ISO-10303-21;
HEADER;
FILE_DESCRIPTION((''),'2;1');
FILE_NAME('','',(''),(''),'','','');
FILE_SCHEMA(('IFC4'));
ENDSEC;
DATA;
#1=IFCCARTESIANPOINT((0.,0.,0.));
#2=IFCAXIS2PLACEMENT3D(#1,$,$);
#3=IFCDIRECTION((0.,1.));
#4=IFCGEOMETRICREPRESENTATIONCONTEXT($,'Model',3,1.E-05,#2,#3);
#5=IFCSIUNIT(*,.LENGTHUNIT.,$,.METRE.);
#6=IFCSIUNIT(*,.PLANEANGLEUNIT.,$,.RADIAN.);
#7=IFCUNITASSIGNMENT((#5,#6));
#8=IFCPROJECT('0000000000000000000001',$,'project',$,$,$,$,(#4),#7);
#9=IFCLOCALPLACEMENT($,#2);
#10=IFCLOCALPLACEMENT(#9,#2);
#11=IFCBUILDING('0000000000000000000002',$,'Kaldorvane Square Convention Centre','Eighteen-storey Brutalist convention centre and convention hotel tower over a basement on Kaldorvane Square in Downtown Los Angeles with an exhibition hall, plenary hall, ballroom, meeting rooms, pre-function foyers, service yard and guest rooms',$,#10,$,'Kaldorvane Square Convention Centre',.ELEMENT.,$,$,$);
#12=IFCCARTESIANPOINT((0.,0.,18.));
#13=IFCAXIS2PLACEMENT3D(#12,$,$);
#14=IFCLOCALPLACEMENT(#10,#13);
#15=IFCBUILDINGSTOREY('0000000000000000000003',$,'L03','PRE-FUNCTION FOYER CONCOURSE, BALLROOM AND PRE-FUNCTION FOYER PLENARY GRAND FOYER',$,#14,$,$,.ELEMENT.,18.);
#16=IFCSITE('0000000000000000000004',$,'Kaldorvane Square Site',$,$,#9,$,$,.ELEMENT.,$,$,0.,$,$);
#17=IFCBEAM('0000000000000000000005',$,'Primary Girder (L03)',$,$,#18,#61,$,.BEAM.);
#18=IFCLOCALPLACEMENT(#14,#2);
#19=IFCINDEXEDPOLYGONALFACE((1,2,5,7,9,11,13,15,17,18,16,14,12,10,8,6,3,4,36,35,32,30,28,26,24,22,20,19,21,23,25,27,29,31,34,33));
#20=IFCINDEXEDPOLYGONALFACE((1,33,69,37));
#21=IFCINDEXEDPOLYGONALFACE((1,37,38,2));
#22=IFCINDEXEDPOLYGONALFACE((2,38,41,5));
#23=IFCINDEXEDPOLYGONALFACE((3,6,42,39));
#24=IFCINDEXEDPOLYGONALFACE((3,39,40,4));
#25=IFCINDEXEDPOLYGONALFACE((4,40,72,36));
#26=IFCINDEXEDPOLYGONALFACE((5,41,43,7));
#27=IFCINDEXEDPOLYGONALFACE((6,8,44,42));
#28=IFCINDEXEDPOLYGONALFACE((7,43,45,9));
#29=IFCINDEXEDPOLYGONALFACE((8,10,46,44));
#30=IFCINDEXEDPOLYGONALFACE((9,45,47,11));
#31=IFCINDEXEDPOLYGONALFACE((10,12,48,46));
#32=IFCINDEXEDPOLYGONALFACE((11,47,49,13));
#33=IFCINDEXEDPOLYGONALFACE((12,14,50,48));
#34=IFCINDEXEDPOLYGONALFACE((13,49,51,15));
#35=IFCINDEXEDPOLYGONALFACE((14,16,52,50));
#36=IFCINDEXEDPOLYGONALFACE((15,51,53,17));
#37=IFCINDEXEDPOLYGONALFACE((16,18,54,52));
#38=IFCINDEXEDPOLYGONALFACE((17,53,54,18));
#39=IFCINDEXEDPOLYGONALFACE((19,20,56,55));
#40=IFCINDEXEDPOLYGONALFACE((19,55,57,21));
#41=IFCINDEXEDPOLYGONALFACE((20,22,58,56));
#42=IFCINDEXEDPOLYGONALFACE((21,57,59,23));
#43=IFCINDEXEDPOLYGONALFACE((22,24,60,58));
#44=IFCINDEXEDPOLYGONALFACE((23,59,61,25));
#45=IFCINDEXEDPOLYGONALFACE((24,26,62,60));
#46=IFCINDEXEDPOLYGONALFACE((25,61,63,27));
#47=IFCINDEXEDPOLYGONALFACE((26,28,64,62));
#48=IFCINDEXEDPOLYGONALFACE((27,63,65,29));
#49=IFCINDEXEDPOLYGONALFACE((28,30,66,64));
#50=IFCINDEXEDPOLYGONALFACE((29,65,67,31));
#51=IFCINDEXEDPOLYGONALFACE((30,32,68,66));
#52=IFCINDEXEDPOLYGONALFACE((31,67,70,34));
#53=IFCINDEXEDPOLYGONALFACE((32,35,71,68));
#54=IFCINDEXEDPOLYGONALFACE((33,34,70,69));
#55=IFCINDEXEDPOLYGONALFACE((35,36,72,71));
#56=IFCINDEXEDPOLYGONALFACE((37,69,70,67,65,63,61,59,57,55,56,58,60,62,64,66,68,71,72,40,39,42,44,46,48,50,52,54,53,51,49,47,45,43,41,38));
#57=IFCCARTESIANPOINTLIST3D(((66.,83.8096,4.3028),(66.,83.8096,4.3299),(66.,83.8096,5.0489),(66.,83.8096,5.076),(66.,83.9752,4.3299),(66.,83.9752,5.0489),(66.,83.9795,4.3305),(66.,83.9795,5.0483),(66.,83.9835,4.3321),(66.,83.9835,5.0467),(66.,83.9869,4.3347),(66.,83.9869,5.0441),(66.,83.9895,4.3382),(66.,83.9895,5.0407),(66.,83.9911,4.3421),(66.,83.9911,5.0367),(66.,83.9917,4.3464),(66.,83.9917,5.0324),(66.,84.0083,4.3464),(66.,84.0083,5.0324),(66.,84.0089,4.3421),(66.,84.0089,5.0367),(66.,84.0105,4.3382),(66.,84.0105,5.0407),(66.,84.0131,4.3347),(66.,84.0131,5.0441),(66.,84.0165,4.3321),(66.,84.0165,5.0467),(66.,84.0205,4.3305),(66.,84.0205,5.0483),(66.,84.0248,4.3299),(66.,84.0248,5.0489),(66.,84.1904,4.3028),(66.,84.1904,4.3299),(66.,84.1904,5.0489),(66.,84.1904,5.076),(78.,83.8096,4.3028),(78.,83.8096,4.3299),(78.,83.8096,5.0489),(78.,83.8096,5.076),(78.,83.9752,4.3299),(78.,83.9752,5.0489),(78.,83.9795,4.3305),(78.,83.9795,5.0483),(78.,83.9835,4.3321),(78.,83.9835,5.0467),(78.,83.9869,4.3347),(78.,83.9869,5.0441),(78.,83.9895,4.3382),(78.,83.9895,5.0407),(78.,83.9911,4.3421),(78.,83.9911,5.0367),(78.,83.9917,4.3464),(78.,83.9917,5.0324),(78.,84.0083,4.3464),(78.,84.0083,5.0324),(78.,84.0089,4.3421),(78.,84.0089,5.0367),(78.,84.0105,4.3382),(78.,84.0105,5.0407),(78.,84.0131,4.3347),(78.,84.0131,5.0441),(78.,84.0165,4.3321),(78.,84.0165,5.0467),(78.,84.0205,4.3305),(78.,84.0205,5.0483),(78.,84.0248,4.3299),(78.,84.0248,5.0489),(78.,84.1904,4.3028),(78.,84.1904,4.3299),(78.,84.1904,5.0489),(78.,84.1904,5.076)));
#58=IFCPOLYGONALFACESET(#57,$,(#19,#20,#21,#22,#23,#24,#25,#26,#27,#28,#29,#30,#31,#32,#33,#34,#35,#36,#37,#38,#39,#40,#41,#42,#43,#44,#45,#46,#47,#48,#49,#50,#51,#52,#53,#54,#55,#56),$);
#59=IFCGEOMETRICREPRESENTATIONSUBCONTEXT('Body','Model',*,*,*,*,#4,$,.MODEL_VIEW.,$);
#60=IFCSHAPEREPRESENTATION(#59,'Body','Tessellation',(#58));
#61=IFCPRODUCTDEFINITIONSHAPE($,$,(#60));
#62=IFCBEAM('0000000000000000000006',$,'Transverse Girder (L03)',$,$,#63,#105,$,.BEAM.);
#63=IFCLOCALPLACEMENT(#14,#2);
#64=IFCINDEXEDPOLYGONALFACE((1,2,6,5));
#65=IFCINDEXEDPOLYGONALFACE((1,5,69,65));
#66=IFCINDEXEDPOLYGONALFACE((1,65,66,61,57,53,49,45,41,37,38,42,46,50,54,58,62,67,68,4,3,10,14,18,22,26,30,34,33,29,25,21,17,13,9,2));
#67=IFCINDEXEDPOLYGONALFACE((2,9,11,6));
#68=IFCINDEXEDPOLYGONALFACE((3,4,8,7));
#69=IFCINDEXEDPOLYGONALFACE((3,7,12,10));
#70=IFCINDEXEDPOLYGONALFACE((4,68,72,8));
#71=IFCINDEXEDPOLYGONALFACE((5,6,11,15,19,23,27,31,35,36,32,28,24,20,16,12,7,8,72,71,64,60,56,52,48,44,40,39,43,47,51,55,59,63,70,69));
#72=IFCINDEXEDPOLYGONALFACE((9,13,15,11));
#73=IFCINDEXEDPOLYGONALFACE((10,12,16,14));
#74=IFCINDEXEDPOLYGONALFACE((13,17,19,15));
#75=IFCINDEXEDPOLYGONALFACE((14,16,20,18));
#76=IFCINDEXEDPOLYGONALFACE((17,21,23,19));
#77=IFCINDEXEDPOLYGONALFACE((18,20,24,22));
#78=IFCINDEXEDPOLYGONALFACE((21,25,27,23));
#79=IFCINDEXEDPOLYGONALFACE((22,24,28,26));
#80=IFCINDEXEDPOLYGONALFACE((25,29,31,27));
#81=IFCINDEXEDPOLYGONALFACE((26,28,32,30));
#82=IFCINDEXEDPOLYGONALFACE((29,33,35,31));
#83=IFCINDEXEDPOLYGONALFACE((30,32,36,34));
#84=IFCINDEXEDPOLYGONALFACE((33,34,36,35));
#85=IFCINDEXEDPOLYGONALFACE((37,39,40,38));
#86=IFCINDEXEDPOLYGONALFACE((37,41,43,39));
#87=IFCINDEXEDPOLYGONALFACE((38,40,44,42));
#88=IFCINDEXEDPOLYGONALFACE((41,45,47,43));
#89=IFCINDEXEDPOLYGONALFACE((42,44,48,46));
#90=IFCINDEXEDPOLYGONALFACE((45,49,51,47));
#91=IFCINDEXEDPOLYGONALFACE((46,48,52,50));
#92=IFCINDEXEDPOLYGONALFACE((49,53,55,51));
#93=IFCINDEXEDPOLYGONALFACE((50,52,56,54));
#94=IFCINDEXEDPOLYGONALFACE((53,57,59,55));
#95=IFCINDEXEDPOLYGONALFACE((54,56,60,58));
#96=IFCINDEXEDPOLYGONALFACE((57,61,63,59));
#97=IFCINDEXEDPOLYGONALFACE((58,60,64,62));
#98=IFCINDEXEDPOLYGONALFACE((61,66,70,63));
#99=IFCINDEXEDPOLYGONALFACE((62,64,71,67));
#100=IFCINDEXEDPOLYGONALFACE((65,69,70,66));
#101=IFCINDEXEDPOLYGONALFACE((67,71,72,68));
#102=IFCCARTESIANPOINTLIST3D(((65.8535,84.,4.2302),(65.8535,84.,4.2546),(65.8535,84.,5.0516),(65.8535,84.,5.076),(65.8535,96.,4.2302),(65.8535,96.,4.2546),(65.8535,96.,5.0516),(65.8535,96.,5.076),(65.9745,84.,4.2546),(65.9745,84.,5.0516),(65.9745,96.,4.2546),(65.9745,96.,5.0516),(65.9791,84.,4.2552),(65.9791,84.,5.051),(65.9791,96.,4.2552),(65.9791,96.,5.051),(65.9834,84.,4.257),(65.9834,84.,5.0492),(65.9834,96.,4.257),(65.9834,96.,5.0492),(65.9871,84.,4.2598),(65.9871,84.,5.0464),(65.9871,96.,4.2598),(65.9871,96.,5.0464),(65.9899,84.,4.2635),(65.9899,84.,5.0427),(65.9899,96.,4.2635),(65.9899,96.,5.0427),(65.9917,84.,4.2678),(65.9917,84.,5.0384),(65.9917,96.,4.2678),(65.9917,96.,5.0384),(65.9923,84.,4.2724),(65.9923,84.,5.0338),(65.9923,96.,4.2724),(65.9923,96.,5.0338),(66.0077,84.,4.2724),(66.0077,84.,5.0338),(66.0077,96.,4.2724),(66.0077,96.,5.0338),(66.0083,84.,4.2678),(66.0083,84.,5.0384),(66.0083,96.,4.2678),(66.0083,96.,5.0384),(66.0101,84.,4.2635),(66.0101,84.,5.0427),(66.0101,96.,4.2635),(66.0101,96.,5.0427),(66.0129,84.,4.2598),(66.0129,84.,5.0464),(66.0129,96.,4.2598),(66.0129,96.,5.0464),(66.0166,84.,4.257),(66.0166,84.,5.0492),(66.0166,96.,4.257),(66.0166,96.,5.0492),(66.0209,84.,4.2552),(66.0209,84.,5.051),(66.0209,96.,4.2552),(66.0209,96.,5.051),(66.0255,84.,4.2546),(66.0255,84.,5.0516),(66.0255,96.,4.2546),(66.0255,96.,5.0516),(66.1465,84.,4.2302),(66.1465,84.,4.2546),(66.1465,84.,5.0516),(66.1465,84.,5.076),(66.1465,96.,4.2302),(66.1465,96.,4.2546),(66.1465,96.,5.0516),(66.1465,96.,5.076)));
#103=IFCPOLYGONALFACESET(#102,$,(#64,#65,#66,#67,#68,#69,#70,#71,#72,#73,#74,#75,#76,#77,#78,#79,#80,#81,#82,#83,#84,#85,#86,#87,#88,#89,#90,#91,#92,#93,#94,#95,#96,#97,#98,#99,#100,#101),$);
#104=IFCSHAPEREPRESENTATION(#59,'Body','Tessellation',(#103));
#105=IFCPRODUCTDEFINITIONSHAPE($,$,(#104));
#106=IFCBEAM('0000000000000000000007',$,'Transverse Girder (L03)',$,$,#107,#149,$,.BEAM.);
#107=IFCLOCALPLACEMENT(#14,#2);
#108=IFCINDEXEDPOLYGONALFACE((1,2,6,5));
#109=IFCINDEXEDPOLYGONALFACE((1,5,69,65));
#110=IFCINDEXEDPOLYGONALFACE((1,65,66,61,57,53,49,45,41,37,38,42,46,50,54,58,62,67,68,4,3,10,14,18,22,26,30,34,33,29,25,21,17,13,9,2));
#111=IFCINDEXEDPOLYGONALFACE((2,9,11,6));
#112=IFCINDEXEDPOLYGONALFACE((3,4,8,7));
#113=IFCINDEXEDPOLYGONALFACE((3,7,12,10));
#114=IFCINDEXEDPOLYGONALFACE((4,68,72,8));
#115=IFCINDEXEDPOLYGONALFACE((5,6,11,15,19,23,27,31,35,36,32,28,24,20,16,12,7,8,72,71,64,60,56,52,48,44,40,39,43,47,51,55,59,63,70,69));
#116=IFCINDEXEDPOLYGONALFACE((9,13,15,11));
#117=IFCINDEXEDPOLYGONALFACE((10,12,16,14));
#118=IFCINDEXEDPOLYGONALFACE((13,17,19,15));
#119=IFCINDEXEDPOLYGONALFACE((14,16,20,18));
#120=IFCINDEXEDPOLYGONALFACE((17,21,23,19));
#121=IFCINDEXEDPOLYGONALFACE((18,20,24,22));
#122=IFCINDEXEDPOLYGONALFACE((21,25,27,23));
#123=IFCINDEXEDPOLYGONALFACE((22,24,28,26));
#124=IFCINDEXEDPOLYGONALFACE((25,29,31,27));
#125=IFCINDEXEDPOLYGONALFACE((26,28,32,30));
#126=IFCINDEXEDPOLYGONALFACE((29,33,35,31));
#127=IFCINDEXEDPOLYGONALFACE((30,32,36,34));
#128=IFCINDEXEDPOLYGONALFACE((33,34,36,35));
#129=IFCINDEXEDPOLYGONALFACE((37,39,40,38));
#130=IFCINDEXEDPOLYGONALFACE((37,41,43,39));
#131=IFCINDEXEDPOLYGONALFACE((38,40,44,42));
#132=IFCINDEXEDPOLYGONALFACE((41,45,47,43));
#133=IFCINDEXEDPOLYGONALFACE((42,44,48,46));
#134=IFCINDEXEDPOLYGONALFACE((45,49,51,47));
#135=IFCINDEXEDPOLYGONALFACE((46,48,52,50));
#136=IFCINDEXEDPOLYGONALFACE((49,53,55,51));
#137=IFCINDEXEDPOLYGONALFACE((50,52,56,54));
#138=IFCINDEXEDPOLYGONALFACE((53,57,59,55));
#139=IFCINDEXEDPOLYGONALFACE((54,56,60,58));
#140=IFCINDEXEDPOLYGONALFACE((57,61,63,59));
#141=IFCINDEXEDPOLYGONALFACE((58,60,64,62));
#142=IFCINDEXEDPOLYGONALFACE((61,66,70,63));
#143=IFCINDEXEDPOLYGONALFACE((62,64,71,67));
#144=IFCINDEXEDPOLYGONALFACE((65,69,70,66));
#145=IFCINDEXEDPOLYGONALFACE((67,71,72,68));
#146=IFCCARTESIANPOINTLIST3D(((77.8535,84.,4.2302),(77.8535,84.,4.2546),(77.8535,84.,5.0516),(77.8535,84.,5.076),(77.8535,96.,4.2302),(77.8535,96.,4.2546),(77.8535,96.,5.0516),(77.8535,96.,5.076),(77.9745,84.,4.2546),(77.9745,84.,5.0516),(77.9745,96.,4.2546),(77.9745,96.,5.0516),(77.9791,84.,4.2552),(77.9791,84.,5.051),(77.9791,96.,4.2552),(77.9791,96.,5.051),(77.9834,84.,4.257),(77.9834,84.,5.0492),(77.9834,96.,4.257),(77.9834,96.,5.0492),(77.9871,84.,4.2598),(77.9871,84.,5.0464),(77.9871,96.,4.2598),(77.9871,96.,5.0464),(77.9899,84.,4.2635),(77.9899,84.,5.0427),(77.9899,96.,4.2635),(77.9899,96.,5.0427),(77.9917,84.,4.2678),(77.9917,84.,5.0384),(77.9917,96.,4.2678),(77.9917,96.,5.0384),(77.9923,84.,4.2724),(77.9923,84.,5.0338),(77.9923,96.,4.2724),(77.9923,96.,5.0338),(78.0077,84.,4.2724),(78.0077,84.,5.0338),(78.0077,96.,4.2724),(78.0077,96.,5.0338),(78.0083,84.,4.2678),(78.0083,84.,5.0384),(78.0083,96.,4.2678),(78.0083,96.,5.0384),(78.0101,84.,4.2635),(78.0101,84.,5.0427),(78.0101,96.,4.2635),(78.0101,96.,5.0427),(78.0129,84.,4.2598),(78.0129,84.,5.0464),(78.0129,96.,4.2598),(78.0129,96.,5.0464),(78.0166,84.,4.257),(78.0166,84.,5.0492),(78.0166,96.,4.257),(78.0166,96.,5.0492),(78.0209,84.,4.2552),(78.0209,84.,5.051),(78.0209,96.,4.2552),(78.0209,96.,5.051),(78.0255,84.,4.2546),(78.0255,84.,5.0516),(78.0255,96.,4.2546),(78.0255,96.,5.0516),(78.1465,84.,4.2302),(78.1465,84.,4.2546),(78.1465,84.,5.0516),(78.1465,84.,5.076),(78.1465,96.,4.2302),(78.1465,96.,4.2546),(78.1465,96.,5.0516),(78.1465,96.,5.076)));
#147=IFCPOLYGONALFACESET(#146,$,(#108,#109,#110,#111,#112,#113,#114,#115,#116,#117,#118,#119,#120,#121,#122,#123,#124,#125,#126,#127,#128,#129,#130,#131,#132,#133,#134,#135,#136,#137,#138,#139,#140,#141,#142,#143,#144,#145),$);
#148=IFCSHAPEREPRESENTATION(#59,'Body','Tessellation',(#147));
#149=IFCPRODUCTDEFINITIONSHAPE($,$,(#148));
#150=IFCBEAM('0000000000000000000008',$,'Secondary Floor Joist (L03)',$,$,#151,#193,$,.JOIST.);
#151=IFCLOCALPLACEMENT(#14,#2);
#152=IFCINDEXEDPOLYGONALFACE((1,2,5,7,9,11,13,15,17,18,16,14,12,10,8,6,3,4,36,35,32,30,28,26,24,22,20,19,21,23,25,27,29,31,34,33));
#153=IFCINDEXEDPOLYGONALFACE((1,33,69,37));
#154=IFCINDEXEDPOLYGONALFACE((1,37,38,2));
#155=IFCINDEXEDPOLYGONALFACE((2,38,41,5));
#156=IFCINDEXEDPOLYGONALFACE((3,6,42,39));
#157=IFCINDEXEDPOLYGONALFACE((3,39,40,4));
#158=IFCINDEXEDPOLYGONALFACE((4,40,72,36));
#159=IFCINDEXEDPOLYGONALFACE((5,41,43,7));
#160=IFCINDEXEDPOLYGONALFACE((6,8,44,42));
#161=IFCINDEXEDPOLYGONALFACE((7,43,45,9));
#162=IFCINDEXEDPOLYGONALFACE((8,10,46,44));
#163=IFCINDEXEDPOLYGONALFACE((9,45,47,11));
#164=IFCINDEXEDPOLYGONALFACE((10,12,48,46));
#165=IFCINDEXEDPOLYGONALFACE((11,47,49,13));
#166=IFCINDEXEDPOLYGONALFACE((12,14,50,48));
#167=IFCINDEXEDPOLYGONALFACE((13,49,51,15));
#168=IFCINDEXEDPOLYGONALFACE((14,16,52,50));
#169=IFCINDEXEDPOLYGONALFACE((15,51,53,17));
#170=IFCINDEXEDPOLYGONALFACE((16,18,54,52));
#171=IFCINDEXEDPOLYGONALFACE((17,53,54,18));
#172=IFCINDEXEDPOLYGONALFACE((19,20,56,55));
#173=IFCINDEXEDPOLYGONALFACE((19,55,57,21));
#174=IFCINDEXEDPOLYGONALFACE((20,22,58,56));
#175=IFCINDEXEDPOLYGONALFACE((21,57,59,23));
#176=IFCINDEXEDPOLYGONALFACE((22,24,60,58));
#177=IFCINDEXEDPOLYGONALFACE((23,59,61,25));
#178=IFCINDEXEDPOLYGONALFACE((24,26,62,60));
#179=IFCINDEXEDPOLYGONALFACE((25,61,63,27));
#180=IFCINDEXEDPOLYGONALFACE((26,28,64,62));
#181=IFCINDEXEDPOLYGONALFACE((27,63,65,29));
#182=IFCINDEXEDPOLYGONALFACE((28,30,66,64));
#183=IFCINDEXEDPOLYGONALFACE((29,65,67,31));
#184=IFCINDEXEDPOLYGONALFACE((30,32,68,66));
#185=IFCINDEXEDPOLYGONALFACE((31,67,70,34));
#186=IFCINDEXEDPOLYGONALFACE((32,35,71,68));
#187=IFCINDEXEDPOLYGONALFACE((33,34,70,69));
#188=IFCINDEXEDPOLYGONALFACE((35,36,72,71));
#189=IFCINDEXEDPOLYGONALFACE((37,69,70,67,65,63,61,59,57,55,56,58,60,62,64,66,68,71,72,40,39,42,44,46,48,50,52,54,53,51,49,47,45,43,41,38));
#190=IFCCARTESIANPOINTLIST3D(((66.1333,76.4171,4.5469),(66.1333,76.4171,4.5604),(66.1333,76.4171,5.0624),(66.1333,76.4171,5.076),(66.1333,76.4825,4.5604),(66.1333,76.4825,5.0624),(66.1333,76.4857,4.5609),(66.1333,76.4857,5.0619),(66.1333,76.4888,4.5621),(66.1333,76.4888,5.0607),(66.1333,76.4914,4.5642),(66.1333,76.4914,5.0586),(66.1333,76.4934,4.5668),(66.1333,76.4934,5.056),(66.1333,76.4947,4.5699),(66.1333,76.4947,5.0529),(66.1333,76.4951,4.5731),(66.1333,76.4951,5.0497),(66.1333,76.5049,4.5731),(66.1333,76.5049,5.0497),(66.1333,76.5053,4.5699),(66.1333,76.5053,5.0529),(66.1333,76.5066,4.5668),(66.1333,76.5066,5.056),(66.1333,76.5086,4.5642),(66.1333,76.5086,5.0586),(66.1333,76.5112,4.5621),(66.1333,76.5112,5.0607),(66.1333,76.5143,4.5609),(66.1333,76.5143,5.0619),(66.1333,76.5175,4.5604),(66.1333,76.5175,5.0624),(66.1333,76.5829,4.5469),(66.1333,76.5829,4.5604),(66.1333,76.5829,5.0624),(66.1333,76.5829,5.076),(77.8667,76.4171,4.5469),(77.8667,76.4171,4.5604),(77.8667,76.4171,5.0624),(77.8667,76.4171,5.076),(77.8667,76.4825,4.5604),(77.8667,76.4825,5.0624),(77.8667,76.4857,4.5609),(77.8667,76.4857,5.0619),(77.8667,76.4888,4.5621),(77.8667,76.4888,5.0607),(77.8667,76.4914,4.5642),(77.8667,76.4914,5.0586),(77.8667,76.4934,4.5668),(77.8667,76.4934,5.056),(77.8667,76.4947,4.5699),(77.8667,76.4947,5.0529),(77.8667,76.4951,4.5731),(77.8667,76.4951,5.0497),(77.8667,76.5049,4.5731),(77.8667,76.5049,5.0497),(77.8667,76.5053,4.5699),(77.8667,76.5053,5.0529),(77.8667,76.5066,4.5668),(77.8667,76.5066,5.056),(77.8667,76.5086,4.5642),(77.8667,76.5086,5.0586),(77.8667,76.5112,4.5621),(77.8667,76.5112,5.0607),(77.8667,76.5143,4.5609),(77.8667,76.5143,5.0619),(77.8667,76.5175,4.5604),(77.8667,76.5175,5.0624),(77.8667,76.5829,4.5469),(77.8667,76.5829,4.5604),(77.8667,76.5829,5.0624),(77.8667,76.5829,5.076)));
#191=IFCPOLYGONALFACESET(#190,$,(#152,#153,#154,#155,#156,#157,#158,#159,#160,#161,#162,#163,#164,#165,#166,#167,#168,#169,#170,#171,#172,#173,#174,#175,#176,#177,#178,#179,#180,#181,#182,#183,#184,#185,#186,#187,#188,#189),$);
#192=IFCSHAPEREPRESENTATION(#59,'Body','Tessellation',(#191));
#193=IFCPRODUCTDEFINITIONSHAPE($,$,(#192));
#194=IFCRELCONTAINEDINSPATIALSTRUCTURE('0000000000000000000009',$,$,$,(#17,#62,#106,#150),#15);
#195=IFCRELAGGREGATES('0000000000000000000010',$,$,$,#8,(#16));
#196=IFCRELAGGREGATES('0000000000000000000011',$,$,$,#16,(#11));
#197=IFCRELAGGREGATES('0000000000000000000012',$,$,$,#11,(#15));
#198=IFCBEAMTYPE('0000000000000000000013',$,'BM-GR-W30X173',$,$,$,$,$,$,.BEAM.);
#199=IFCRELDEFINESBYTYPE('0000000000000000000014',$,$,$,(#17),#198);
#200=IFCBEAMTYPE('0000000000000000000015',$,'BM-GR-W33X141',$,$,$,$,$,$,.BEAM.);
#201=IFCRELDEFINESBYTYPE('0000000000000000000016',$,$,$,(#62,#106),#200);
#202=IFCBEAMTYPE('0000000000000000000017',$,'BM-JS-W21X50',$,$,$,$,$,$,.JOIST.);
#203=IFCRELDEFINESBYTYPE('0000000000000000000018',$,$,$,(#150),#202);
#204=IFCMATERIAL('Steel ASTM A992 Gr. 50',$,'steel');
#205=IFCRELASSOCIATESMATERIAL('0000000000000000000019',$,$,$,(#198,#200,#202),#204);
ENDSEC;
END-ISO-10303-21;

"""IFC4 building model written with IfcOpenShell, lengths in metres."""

from ifc_helpers import new_model, si_unit, direction, frame, origin, origin_2d, place, context, subcontext, project, spatial, i_section, extrude, material, material_profile, profile_set, type_object, element, save


model = new_model("IFC4")

# Units and contexts
model_context = context("Model", 3, precision=1e-05, world=origin(), true_north=direction((0.0, 1.0)))
body_context = subcontext(model_context, "Body", "Model", "MODEL_VIEW")
ifc_project = project(units=[si_unit("LENGTHUNIT", "METRE"), si_unit("PLANEANGLEUNIT", "RADIAN")], contexts=[model_context])

# Site, building, storey
site_placement = place(None, origin())
site = spatial("IfcSite", under=ifc_project, at=site_placement, Name="Kaldorvane Square Site", CompositionType="ELEMENT", RefElevation=0.0)
building_placement = place(site_placement, origin())
building = spatial("IfcBuilding", under=site, at=building_placement, Name="Kaldorvane Square Convention Centre", Description="Eighteen-storey Brutalist convention centre and convention hotel tower over a basement on Kaldorvane Square in Downtown Los Angeles with an exhibition hall, plenary hall, ballroom, meeting rooms, pre-function foyers, service yard and guest rooms", LongName="Kaldorvane Square Convention Centre", CompositionType="ELEMENT")
storey_placement = place(building_placement, frame((0.0, 0.0, 18.0)))
storey = spatial("IfcBuildingStorey", under=building, at=storey_placement, Name="L03", Description="PRE-FUNCTION FOYER CONCOURSE, BALLROOM AND PRE-FUNCTION FOYER PLENARY GRAND FOYER", CompositionType="ELEMENT", Elevation=18.0)

# Shared definitions
ifc_material_1 = material(Name="Steel ASTM A992 Gr. 50", Category="steel")

# Beams
ifc_material_profile_1 = material_profile(ifc_material_1, i_section(OverallWidth=0.3807, OverallDepth=0.7732, WebThickness=0.0166, FlangeThickness=0.0271, FilletRadius=0.0165, at=origin_2d()), Name="W30X173")
ifc_profile_set_1 = profile_set([ifc_material_profile_1], Name="Steel ASTM A992 Gr. 50")
beam_type_1 = type_object("IfcBeamType", Name="BM-GR-W30X173", PredefinedType="BEAM", material=ifc_profile_set_1)
for number, where, z_axis, x_axis, name in (
    (1, (66.0, 84.0, 4.6894), (1.0, 0.0, 0.0), (0.0, 1.0, 0.0), "Primary Girder (L03)"),
):
    element("IfcBeam", number, at=place(storey_placement, frame(where, z_axis=z_axis, x_axis=x_axis)), inside=storey, type_object=beam_type_1, Name=name, PredefinedType="BEAM", context=body_context, shape_type="SweptSolid", body=[
        extrude(i_section(OverallWidth=0.3807, OverallDepth=0.7732, WebThickness=0.0166, FlangeThickness=0.0271, FilletRadius=0.0165, at=origin_2d()), origin(), (0.0, 0.0, 1.0), 12.0),
    ])
ifc_material_profile_2 = material_profile(ifc_material_1, i_section(OverallWidth=0.293, OverallDepth=0.8458, WebThickness=0.0154, FlangeThickness=0.0244, FilletRadius=0.0178, at=origin_2d()), Name="W33X141")
ifc_profile_set_2 = profile_set([ifc_material_profile_2], Name="Steel ASTM A992 Gr. 50")
beam_type_2 = type_object("IfcBeamType", Name="BM-GR-W33X141", PredefinedType="BEAM", material=ifc_profile_set_2)
for number, where, z_axis, x_axis, name in (
    (2, (66.0, 84.0, 4.6531), (0.0, 1.0, 0.0), (-1.0, 0.0, 0.0), "Transverse Girder (L03)"),
    (3, (78.0, 84.0, 4.6531), (0.0, 1.0, 0.0), (-1.0, 0.0, 0.0), "Transverse Girder (L03)"),
):
    element("IfcBeam", number, at=place(storey_placement, frame(where, z_axis=z_axis, x_axis=x_axis)), inside=storey, type_object=beam_type_2, Name=name, PredefinedType="BEAM", context=body_context, shape_type="SweptSolid", body=[
        extrude(i_section(OverallWidth=0.293, OverallDepth=0.8458, WebThickness=0.0154, FlangeThickness=0.0244, FilletRadius=0.0178, at=origin_2d()), origin(), (0.0, 0.0, 1.0), 12.0),
    ])
ifc_material_profile_3 = material_profile(ifc_material_1, i_section(OverallWidth=0.1659, OverallDepth=0.5291, WebThickness=0.0097, FlangeThickness=0.0136, FilletRadius=0.0127, at=origin_2d()), Name="W21X50")
ifc_profile_set_3 = profile_set([ifc_material_profile_3], Name="Steel ASTM A992 Gr. 50")
beam_type_3 = type_object("IfcBeamType", Name="BM-JS-W21X50", PredefinedType="JOIST", material=ifc_profile_set_3)
beam_1_placement = place(storey_placement, frame((66.1333, 76.5, 4.8114), z_axis=(1.0, 0.0, 0.0), x_axis=(0.0, 1.0, 0.0)))
element("IfcBeam", 4, at=beam_1_placement, inside=storey, type_object=beam_type_3, Name="Secondary Floor Joist (L03)", PredefinedType="JOIST", context=body_context, shape_type="SweptSolid", body=[
    extrude(i_section(OverallWidth=0.1659, OverallDepth=0.5291, WebThickness=0.0097, FlangeThickness=0.0136, FilletRadius=0.0127, at=origin_2d()), origin(), (0.0, 0.0, 1.0), 11.7334),
])

save(model, "model.ifc")
